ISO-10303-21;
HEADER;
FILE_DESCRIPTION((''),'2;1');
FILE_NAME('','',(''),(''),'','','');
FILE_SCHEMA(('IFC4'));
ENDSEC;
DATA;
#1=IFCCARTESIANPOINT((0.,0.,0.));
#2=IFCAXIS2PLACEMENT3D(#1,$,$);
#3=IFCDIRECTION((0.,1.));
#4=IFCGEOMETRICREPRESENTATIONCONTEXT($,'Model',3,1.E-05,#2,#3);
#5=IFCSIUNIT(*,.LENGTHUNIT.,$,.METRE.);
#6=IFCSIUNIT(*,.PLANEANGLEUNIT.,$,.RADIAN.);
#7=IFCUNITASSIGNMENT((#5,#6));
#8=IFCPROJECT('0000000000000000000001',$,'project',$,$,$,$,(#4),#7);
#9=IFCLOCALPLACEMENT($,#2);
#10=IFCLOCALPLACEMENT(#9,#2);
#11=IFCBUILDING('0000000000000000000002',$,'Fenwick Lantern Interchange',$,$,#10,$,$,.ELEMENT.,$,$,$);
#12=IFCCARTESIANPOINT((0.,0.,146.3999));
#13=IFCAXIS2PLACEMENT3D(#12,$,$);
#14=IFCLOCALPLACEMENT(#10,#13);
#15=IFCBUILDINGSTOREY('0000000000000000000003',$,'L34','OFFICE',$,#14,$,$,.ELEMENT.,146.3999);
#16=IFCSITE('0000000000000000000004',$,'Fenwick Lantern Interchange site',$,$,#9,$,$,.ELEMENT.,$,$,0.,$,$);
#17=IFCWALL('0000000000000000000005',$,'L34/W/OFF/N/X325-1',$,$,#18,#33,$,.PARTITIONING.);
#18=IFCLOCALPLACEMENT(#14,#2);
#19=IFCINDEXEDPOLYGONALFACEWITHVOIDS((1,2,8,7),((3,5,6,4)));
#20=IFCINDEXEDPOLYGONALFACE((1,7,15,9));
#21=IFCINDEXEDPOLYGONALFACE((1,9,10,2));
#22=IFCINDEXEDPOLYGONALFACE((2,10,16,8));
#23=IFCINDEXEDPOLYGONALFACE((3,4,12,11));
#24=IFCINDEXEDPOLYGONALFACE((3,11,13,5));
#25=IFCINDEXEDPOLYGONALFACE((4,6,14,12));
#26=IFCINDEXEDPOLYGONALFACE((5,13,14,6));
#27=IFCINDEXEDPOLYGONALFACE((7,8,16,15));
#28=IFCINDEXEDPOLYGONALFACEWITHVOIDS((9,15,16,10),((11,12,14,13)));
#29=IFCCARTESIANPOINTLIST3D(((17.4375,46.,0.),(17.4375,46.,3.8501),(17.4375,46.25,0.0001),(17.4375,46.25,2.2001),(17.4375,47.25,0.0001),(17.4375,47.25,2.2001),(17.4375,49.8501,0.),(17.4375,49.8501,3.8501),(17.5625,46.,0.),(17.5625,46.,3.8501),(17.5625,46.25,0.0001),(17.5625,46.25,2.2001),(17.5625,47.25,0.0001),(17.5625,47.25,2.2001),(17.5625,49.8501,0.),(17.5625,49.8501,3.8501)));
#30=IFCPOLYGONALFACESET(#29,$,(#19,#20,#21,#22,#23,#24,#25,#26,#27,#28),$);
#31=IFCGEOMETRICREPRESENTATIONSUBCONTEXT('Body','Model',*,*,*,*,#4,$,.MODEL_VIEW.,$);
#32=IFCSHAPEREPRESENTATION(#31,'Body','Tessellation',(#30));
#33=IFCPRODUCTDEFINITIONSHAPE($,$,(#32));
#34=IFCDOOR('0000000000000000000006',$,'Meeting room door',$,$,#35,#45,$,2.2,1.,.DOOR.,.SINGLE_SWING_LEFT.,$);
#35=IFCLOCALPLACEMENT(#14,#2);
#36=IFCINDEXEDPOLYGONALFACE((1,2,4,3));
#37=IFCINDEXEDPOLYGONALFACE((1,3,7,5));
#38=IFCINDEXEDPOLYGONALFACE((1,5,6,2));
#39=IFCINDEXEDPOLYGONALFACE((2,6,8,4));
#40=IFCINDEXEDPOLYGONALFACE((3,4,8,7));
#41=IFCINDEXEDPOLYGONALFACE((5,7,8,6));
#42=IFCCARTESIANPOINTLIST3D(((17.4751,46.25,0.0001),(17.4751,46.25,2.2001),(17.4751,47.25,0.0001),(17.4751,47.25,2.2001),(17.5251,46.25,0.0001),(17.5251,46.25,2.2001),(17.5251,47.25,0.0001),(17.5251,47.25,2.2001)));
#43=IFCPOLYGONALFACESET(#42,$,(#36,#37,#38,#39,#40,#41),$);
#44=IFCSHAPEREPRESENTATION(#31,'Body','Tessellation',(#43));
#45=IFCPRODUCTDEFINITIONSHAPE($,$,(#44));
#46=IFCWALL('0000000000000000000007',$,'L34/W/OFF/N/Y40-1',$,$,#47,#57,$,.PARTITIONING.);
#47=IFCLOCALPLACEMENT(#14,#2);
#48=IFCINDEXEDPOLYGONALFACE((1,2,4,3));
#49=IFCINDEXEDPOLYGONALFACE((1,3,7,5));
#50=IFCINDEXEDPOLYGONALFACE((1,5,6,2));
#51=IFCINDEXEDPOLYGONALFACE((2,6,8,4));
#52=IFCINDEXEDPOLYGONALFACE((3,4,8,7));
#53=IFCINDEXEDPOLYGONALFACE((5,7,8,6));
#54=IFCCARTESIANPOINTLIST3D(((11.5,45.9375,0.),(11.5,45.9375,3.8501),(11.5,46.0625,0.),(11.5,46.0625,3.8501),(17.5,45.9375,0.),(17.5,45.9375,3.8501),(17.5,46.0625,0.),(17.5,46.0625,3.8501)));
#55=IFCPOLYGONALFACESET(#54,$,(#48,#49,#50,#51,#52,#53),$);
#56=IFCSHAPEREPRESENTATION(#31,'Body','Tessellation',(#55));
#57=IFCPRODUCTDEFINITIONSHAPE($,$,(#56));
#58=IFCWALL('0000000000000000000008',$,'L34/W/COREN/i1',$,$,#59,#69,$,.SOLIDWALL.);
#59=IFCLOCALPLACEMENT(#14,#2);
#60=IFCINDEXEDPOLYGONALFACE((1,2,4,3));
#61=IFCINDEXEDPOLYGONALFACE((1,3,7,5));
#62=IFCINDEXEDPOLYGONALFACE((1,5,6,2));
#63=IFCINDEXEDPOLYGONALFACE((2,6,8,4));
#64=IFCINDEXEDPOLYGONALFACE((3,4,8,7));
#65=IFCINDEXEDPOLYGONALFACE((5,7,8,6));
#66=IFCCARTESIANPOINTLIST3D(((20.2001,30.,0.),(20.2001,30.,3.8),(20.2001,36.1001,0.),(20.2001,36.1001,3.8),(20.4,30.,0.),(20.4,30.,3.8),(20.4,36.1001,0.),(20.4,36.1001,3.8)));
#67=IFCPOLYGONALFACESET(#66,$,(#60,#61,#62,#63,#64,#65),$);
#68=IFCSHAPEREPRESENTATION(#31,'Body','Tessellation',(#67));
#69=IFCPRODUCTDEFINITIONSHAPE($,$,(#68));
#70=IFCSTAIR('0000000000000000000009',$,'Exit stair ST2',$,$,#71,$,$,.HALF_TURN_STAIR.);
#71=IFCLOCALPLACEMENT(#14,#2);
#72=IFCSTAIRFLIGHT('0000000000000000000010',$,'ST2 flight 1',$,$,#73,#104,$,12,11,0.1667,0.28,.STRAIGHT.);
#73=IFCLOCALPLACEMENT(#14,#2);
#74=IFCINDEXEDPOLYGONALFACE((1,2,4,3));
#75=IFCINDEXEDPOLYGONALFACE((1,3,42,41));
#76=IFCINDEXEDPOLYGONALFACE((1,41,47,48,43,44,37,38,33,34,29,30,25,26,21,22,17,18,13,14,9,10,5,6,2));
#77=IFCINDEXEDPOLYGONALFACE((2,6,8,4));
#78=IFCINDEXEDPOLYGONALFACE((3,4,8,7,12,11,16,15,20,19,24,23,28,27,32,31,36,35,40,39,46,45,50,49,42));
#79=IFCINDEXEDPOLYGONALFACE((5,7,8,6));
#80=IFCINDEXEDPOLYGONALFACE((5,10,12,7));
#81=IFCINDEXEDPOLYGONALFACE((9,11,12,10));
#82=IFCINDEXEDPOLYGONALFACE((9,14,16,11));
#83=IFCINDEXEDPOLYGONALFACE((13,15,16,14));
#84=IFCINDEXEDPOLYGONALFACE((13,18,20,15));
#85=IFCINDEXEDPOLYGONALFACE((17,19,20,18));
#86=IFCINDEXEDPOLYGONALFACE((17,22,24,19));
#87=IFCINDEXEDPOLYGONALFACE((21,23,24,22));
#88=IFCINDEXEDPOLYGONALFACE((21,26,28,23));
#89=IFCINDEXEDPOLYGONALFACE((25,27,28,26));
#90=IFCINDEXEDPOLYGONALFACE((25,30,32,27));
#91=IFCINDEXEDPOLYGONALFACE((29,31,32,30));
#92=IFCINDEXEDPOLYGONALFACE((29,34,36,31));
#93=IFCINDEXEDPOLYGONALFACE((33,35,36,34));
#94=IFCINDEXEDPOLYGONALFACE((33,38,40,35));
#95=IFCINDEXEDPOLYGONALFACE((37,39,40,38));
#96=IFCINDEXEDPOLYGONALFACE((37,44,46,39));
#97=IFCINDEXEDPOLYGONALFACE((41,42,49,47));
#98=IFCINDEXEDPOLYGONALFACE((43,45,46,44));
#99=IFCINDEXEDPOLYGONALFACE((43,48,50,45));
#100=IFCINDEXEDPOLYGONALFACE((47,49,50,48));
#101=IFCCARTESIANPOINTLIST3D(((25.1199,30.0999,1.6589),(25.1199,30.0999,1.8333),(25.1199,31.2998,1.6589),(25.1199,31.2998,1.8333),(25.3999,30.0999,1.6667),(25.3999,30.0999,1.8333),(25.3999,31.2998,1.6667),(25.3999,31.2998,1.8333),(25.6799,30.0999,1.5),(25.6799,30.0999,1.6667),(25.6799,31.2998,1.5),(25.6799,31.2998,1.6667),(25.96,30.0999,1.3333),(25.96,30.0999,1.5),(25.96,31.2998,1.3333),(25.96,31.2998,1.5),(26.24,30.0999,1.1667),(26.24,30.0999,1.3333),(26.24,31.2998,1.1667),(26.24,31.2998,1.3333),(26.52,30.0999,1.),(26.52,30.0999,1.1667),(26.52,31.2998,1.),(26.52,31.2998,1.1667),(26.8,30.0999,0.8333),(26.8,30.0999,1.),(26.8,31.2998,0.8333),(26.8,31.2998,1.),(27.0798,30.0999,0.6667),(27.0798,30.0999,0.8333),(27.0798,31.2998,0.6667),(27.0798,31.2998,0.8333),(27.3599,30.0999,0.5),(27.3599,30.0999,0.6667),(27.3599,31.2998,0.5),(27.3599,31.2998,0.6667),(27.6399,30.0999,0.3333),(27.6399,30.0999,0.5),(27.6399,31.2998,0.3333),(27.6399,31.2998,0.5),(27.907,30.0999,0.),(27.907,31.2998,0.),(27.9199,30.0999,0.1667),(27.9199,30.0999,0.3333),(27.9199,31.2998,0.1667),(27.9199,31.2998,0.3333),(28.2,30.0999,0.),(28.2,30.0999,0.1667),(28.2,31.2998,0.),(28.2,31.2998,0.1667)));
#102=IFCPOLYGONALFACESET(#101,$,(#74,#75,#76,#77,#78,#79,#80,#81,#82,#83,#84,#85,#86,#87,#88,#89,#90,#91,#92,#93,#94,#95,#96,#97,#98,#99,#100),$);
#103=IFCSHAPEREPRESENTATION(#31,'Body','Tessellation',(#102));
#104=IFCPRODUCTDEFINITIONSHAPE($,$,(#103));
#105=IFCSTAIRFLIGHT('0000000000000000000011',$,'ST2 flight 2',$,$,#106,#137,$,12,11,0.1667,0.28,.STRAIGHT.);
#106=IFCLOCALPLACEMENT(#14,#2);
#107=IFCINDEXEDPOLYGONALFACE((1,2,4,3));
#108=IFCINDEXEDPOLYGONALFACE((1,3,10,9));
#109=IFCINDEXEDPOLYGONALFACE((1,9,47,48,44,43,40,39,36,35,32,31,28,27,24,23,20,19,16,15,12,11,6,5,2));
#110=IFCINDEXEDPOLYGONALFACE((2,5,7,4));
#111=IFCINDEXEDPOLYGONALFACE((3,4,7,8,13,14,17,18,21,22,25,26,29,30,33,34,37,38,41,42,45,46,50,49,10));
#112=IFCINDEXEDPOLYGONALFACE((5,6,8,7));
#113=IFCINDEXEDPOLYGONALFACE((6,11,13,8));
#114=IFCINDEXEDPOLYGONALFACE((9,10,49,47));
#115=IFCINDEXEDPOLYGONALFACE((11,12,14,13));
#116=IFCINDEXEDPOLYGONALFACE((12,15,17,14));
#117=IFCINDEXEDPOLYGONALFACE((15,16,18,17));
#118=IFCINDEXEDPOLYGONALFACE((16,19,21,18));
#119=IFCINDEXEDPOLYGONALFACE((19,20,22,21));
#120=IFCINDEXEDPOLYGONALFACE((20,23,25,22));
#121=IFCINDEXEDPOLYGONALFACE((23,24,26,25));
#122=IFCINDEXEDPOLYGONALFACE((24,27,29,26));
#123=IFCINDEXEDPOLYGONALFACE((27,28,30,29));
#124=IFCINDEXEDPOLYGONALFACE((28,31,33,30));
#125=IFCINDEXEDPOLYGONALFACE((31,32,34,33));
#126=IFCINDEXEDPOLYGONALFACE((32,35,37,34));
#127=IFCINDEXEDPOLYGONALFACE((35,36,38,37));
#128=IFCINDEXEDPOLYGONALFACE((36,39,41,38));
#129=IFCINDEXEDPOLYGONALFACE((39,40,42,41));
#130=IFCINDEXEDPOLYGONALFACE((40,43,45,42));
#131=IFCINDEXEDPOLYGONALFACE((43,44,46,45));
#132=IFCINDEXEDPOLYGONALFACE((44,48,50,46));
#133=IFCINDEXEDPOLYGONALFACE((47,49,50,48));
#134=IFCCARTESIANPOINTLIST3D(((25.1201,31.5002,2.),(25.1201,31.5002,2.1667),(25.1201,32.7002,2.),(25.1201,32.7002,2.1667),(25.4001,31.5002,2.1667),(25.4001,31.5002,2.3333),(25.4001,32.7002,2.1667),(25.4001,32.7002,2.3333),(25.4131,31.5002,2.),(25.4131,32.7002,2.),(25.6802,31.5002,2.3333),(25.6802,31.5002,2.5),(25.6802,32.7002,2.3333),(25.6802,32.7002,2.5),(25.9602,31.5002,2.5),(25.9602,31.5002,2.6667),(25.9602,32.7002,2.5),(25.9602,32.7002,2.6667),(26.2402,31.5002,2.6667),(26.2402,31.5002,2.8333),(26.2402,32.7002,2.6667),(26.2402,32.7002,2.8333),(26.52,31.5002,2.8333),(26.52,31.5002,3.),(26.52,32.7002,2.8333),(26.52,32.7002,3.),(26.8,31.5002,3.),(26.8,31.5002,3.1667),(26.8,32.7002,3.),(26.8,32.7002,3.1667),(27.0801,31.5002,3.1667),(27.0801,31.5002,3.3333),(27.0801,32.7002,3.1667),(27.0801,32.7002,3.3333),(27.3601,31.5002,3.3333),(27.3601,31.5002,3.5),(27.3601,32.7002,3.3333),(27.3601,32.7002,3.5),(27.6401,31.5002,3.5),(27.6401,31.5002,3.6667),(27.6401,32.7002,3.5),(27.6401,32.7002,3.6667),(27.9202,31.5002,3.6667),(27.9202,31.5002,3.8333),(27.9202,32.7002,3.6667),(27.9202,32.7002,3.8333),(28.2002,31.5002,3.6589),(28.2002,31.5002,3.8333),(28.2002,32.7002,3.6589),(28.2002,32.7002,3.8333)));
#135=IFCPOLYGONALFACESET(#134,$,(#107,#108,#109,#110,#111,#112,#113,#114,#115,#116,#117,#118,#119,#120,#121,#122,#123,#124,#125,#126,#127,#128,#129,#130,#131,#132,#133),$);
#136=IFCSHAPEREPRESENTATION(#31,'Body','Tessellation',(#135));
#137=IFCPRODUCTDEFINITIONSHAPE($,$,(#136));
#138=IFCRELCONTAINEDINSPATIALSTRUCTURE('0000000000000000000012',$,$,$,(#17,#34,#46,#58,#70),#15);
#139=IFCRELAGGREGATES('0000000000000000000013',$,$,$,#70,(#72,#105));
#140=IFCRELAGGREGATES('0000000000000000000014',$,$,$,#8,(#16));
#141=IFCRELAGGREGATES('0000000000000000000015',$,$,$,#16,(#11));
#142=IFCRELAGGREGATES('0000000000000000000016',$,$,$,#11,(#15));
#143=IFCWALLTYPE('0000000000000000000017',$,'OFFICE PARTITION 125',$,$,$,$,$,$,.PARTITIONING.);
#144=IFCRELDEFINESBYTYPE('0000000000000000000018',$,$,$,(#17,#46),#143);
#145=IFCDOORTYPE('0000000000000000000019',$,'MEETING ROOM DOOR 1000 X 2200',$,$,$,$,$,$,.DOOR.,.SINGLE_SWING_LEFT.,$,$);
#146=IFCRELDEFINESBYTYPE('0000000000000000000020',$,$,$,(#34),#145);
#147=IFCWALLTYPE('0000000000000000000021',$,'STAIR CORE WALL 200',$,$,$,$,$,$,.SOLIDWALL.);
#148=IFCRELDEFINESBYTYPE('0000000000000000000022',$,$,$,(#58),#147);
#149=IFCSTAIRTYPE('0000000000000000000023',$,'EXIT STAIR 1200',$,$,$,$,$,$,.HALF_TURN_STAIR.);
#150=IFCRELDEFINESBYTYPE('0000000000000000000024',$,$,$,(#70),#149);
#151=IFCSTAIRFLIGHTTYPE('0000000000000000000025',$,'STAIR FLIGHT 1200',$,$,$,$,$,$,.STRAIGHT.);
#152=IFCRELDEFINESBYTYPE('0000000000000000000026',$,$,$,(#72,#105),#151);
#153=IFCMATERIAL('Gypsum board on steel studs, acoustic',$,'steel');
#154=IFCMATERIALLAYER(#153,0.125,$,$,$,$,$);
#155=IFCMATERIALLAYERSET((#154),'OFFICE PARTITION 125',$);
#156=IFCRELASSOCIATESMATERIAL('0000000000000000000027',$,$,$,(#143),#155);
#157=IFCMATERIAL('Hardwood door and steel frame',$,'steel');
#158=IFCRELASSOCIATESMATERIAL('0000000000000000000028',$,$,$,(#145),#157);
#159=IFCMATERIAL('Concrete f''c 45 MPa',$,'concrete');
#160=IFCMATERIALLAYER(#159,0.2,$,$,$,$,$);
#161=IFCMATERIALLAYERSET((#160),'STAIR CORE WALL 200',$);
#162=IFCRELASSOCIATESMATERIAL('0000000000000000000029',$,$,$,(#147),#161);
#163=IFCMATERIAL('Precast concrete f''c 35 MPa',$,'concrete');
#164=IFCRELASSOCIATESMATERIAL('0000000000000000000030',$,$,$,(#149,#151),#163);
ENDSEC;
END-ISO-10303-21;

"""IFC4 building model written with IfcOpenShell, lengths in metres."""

from ifc_helpers import new_model, si_unit, direction, frame, frame_2d, origin, place, context, subcontext, project, spatial, polyline, rectangle, outline, extrude, material, layer, layer_set, type_object, element, fill, aggregate, save


model = new_model("IFC4")

# Units and contexts
model_context = context("Model", 3, precision=1e-05, world=origin(), true_north=direction((0.0, 1.0)))
body_context = subcontext(model_context, "Body", "Model", "MODEL_VIEW")
ifc_project = project(units=[si_unit("LENGTHUNIT", "METRE"), si_unit("PLANEANGLEUNIT", "RADIAN")], contexts=[model_context])

# Site, building, storey
site_placement = place(None, origin())
site = spatial("IfcSite", under=ifc_project, at=site_placement, Name="Fenwick Lantern Interchange site", CompositionType="ELEMENT", RefElevation=0.0)
building_placement = place(site_placement, origin())
building = spatial("IfcBuilding", under=site, at=building_placement, Name="Fenwick Lantern Interchange", CompositionType="ELEMENT")
storey_placement = place(building_placement, frame((0.0, 0.0, 146.3999)))
storey = spatial("IfcBuildingStorey", under=building, at=storey_placement, Name="L34", Description="OFFICE", CompositionType="ELEMENT", Elevation=146.3999)

# Wall, opening, door
ifc_material_1 = material(Name="Gypsum board on steel studs, acoustic", Category="steel")
ifc_layer_1 = layer(ifc_material_1, 0.125)
ifc_layer_set_1 = layer_set([ifc_layer_1], Name="OFFICE PARTITION 125")
wall_type_1 = type_object("IfcWallType", Name="OFFICE PARTITION 125", PredefinedType="PARTITIONING", material=ifc_layer_set_1)
wall_1_placement = place(storey_placement, frame((17.5, 49.8501, 0.0), z_axis=(0.0, 0.0, 1.0), x_axis=(0.0, -1.0, 0.0)))
wall_1 = element("IfcWall", 1, at=wall_1_placement, inside=storey, type_object=wall_type_1, Name="L34/W/OFF/N/X325-1", PredefinedType="PARTITIONING", context=body_context, shape_type="SweptSolid", body=[
    extrude(rectangle(XDim=3.8501, YDim=0.125, at=frame_2d((1.925, 0.0))), origin(), (0.0, 0.0, 1.0), 3.8501),
])
opening_1_placement = place(wall_1_placement, frame((2.6001, 0.0, 0.0)))
opening_1 = element("IfcOpeningElement", 2, at=opening_1_placement, cuts=wall_1, PredefinedType="OPENING", context=body_context, shape_type="SweptSolid", body=[
    extrude(rectangle(XDim=1.0, YDim=2.2, at=frame_2d((0.5, 1.1001))), frame((0.0, 0.0725, 0.0), z_axis=(0.0, -1.0, 0.0), x_axis=(1.0, 0.0, 0.0)), (0.0, 0.0, 1.0), 0.145),
])
ifc_material_2 = material(Name="Hardwood door and steel frame", Category="steel")
door_type_1 = type_object("IfcDoorType", Name="MEETING ROOM DOOR 1000 X 2200", OperationType="SINGLE_SWING_LEFT", PredefinedType="DOOR", material=ifc_material_2)
door_1_placement = place(opening_1_placement, frame((1.0, 0.0, 0.0), z_axis=(0.0, 0.0, 1.0), x_axis=(-1.0, 0.0, 0.0)))
door_1 = element("IfcDoor", 3, at=door_1_placement, inside=storey, type_object=door_type_1, Name="Meeting room door", OperationType="SINGLE_SWING_LEFT", OverallHeight=2.2, OverallWidth=1.0, PredefinedType="DOOR", context=body_context, shape_type="SweptSolid", body=[
    extrude(rectangle(XDim=1.0, YDim=2.2, at=frame_2d((0.5, 1.1001))), frame((0.0, 0.0249, 0.0), z_axis=(0.0, -1.0, 0.0), x_axis=(1.0, 0.0, 0.0)), (0.0, 0.0, 1.0), 0.05),
])
fill(opening_1, door_1)

# Walls
wall_2_placement = place(storey_placement, frame((17.5, 46.0, 0.0), z_axis=(0.0, 0.0, 1.0), x_axis=(-1.0, 0.0, 0.0)))
element("IfcWall", 4, at=wall_2_placement, inside=storey, type_object=wall_type_1, Name="L34/W/OFF/N/Y40-1", PredefinedType="PARTITIONING", context=body_context, shape_type="SweptSolid", body=[
    extrude(rectangle(XDim=6.0, YDim=0.125, at=frame_2d((3.0, 0.0))), origin(), (0.0, 0.0, 1.0), 3.8501),
])
ifc_material_3 = material(Name="Concrete f'c 45 MPa", Category="concrete")
ifc_layer_2 = layer(ifc_material_3, 0.2)
ifc_layer_set_2 = layer_set([ifc_layer_2], Name="STAIR CORE WALL 200")
wall_type_2 = type_object("IfcWallType", Name="STAIR CORE WALL 200", PredefinedType="SOLIDWALL", material=ifc_layer_set_2)
wall_3_placement = place(storey_placement, frame((20.3, 36.1001, 0.0), z_axis=(0.0, 0.0, 1.0), x_axis=(0.0, -1.0, 0.0)))
element("IfcWall", 5, at=wall_3_placement, inside=storey, type_object=wall_type_2, Name="L34/W/COREN/i1", PredefinedType="SOLIDWALL", context=body_context, shape_type="SweptSolid", body=[
    extrude(rectangle(XDim=6.1001, YDim=0.2, at=frame_2d((3.05, 0.0))), origin(), (0.0, 0.0, 1.0), 3.8),
])

# Stair, stair flights
ifc_material_4 = material(Name="Precast concrete f'c 35 MPa", Category="concrete")
stair_type = type_object("IfcStairType", Name="EXIT STAIR 1200", PredefinedType="HALF_TURN_STAIR", material=ifc_material_4)
stair_placement = place(storey_placement, origin())
stair = element("IfcStair", 6, at=stair_placement, inside=storey, type_object=stair_type, Name="Exit stair ST2", PredefinedType="HALF_TURN_STAIR")
stair_flight_type = type_object("IfcStairFlightType", Name="STAIR FLIGHT 1200", PredefinedType="STRAIGHT", material=ifc_material_4)
stair_flight_1_placement = place(storey_placement, frame((28.2, 30.7, 0.0), z_axis=(0.0, 0.0, 1.0), x_axis=(-1.0, 0.0, 0.0)))
stair_flight_1 = element("IfcStairFlight", 7, at=stair_flight_1_placement, type_object=stair_flight_type, Name="ST2 flight 1", NumberOfRisers=12, NumberOfTreads=11, PredefinedType="STRAIGHT", RiserHeight=0.1667, TreadLength=0.28, context=body_context, shape_type="SweptSolid", body=[
    extrude(outline(polyline([(0.0, 0.0), (0.0, 0.1667), (0.28, 0.1667), (0.28, 0.3333), (0.5601, 0.3333), (0.5601, 0.5), (0.8401, 0.5), (0.8401, 0.6667), (1.1201, 0.6667), (1.1201, 0.8333), (1.3999, 0.8333), (1.3999, 1.0), (1.6799, 1.0), (1.6799, 1.1667), (1.96, 1.1667), (1.96, 1.3333), (2.24, 1.3333), (2.24, 1.5), (2.52, 1.5), (2.52, 1.6667), (2.8, 1.6667), (2.8, 1.8333), (3.0801, 1.8333), (3.0801, 2.0), (3.0801, 1.6589), (0.293, 0.0), (0.0, 0.0)])), frame((0.0, 0.6001, 0.0), z_axis=(0.0, -1.0, 0.0), x_axis=(1.0, 0.0, 0.0)), (0.0, 0.0, 1.0), 1.2),
])
stair_flight_2_placement = place(storey_placement, frame((25.1201, 32.1001, 2.0), z_axis=(0.0, 0.0, 1.0), x_axis=(1.0, 0.0, 0.0)))
stair_flight_2 = element("IfcStairFlight", 8, at=stair_flight_2_placement, type_object=stair_flight_type, Name="ST2 flight 2", NumberOfRisers=12, NumberOfTreads=11, PredefinedType="STRAIGHT", RiserHeight=0.1667, TreadLength=0.28, context=body_context, shape_type="SweptSolid", body=[
    extrude(outline(polyline([(0.0, 0.0), (0.0, 0.1667), (0.28, 0.1667), (0.28, 0.3333), (0.5601, 0.3333), (0.5601, 0.5), (0.8401, 0.5), (0.8401, 0.6667), (1.1201, 0.6667), (1.1201, 0.8333), (1.3999, 0.8333), (1.3999, 1.0), (1.6799, 1.0), (1.6799, 1.1667), (1.96, 1.1667), (1.96, 1.3333), (2.24, 1.3333), (2.24, 1.5), (2.52, 1.5), (2.52, 1.6667), (2.8, 1.6667), (2.8, 1.8333), (3.0801, 1.8333), (3.0801, 2.0), (3.0801, 1.6589), (0.293, 0.0), (0.0, 0.0)])), frame((0.0, 0.6001, 0.0), z_axis=(0.0, -1.0, 0.0), x_axis=(1.0, 0.0, 0.0)), (0.0, 0.0, 1.0), 1.2),
])
aggregate(stair, [stair_flight_1, stair_flight_2])

save(model, "model.ifc")
